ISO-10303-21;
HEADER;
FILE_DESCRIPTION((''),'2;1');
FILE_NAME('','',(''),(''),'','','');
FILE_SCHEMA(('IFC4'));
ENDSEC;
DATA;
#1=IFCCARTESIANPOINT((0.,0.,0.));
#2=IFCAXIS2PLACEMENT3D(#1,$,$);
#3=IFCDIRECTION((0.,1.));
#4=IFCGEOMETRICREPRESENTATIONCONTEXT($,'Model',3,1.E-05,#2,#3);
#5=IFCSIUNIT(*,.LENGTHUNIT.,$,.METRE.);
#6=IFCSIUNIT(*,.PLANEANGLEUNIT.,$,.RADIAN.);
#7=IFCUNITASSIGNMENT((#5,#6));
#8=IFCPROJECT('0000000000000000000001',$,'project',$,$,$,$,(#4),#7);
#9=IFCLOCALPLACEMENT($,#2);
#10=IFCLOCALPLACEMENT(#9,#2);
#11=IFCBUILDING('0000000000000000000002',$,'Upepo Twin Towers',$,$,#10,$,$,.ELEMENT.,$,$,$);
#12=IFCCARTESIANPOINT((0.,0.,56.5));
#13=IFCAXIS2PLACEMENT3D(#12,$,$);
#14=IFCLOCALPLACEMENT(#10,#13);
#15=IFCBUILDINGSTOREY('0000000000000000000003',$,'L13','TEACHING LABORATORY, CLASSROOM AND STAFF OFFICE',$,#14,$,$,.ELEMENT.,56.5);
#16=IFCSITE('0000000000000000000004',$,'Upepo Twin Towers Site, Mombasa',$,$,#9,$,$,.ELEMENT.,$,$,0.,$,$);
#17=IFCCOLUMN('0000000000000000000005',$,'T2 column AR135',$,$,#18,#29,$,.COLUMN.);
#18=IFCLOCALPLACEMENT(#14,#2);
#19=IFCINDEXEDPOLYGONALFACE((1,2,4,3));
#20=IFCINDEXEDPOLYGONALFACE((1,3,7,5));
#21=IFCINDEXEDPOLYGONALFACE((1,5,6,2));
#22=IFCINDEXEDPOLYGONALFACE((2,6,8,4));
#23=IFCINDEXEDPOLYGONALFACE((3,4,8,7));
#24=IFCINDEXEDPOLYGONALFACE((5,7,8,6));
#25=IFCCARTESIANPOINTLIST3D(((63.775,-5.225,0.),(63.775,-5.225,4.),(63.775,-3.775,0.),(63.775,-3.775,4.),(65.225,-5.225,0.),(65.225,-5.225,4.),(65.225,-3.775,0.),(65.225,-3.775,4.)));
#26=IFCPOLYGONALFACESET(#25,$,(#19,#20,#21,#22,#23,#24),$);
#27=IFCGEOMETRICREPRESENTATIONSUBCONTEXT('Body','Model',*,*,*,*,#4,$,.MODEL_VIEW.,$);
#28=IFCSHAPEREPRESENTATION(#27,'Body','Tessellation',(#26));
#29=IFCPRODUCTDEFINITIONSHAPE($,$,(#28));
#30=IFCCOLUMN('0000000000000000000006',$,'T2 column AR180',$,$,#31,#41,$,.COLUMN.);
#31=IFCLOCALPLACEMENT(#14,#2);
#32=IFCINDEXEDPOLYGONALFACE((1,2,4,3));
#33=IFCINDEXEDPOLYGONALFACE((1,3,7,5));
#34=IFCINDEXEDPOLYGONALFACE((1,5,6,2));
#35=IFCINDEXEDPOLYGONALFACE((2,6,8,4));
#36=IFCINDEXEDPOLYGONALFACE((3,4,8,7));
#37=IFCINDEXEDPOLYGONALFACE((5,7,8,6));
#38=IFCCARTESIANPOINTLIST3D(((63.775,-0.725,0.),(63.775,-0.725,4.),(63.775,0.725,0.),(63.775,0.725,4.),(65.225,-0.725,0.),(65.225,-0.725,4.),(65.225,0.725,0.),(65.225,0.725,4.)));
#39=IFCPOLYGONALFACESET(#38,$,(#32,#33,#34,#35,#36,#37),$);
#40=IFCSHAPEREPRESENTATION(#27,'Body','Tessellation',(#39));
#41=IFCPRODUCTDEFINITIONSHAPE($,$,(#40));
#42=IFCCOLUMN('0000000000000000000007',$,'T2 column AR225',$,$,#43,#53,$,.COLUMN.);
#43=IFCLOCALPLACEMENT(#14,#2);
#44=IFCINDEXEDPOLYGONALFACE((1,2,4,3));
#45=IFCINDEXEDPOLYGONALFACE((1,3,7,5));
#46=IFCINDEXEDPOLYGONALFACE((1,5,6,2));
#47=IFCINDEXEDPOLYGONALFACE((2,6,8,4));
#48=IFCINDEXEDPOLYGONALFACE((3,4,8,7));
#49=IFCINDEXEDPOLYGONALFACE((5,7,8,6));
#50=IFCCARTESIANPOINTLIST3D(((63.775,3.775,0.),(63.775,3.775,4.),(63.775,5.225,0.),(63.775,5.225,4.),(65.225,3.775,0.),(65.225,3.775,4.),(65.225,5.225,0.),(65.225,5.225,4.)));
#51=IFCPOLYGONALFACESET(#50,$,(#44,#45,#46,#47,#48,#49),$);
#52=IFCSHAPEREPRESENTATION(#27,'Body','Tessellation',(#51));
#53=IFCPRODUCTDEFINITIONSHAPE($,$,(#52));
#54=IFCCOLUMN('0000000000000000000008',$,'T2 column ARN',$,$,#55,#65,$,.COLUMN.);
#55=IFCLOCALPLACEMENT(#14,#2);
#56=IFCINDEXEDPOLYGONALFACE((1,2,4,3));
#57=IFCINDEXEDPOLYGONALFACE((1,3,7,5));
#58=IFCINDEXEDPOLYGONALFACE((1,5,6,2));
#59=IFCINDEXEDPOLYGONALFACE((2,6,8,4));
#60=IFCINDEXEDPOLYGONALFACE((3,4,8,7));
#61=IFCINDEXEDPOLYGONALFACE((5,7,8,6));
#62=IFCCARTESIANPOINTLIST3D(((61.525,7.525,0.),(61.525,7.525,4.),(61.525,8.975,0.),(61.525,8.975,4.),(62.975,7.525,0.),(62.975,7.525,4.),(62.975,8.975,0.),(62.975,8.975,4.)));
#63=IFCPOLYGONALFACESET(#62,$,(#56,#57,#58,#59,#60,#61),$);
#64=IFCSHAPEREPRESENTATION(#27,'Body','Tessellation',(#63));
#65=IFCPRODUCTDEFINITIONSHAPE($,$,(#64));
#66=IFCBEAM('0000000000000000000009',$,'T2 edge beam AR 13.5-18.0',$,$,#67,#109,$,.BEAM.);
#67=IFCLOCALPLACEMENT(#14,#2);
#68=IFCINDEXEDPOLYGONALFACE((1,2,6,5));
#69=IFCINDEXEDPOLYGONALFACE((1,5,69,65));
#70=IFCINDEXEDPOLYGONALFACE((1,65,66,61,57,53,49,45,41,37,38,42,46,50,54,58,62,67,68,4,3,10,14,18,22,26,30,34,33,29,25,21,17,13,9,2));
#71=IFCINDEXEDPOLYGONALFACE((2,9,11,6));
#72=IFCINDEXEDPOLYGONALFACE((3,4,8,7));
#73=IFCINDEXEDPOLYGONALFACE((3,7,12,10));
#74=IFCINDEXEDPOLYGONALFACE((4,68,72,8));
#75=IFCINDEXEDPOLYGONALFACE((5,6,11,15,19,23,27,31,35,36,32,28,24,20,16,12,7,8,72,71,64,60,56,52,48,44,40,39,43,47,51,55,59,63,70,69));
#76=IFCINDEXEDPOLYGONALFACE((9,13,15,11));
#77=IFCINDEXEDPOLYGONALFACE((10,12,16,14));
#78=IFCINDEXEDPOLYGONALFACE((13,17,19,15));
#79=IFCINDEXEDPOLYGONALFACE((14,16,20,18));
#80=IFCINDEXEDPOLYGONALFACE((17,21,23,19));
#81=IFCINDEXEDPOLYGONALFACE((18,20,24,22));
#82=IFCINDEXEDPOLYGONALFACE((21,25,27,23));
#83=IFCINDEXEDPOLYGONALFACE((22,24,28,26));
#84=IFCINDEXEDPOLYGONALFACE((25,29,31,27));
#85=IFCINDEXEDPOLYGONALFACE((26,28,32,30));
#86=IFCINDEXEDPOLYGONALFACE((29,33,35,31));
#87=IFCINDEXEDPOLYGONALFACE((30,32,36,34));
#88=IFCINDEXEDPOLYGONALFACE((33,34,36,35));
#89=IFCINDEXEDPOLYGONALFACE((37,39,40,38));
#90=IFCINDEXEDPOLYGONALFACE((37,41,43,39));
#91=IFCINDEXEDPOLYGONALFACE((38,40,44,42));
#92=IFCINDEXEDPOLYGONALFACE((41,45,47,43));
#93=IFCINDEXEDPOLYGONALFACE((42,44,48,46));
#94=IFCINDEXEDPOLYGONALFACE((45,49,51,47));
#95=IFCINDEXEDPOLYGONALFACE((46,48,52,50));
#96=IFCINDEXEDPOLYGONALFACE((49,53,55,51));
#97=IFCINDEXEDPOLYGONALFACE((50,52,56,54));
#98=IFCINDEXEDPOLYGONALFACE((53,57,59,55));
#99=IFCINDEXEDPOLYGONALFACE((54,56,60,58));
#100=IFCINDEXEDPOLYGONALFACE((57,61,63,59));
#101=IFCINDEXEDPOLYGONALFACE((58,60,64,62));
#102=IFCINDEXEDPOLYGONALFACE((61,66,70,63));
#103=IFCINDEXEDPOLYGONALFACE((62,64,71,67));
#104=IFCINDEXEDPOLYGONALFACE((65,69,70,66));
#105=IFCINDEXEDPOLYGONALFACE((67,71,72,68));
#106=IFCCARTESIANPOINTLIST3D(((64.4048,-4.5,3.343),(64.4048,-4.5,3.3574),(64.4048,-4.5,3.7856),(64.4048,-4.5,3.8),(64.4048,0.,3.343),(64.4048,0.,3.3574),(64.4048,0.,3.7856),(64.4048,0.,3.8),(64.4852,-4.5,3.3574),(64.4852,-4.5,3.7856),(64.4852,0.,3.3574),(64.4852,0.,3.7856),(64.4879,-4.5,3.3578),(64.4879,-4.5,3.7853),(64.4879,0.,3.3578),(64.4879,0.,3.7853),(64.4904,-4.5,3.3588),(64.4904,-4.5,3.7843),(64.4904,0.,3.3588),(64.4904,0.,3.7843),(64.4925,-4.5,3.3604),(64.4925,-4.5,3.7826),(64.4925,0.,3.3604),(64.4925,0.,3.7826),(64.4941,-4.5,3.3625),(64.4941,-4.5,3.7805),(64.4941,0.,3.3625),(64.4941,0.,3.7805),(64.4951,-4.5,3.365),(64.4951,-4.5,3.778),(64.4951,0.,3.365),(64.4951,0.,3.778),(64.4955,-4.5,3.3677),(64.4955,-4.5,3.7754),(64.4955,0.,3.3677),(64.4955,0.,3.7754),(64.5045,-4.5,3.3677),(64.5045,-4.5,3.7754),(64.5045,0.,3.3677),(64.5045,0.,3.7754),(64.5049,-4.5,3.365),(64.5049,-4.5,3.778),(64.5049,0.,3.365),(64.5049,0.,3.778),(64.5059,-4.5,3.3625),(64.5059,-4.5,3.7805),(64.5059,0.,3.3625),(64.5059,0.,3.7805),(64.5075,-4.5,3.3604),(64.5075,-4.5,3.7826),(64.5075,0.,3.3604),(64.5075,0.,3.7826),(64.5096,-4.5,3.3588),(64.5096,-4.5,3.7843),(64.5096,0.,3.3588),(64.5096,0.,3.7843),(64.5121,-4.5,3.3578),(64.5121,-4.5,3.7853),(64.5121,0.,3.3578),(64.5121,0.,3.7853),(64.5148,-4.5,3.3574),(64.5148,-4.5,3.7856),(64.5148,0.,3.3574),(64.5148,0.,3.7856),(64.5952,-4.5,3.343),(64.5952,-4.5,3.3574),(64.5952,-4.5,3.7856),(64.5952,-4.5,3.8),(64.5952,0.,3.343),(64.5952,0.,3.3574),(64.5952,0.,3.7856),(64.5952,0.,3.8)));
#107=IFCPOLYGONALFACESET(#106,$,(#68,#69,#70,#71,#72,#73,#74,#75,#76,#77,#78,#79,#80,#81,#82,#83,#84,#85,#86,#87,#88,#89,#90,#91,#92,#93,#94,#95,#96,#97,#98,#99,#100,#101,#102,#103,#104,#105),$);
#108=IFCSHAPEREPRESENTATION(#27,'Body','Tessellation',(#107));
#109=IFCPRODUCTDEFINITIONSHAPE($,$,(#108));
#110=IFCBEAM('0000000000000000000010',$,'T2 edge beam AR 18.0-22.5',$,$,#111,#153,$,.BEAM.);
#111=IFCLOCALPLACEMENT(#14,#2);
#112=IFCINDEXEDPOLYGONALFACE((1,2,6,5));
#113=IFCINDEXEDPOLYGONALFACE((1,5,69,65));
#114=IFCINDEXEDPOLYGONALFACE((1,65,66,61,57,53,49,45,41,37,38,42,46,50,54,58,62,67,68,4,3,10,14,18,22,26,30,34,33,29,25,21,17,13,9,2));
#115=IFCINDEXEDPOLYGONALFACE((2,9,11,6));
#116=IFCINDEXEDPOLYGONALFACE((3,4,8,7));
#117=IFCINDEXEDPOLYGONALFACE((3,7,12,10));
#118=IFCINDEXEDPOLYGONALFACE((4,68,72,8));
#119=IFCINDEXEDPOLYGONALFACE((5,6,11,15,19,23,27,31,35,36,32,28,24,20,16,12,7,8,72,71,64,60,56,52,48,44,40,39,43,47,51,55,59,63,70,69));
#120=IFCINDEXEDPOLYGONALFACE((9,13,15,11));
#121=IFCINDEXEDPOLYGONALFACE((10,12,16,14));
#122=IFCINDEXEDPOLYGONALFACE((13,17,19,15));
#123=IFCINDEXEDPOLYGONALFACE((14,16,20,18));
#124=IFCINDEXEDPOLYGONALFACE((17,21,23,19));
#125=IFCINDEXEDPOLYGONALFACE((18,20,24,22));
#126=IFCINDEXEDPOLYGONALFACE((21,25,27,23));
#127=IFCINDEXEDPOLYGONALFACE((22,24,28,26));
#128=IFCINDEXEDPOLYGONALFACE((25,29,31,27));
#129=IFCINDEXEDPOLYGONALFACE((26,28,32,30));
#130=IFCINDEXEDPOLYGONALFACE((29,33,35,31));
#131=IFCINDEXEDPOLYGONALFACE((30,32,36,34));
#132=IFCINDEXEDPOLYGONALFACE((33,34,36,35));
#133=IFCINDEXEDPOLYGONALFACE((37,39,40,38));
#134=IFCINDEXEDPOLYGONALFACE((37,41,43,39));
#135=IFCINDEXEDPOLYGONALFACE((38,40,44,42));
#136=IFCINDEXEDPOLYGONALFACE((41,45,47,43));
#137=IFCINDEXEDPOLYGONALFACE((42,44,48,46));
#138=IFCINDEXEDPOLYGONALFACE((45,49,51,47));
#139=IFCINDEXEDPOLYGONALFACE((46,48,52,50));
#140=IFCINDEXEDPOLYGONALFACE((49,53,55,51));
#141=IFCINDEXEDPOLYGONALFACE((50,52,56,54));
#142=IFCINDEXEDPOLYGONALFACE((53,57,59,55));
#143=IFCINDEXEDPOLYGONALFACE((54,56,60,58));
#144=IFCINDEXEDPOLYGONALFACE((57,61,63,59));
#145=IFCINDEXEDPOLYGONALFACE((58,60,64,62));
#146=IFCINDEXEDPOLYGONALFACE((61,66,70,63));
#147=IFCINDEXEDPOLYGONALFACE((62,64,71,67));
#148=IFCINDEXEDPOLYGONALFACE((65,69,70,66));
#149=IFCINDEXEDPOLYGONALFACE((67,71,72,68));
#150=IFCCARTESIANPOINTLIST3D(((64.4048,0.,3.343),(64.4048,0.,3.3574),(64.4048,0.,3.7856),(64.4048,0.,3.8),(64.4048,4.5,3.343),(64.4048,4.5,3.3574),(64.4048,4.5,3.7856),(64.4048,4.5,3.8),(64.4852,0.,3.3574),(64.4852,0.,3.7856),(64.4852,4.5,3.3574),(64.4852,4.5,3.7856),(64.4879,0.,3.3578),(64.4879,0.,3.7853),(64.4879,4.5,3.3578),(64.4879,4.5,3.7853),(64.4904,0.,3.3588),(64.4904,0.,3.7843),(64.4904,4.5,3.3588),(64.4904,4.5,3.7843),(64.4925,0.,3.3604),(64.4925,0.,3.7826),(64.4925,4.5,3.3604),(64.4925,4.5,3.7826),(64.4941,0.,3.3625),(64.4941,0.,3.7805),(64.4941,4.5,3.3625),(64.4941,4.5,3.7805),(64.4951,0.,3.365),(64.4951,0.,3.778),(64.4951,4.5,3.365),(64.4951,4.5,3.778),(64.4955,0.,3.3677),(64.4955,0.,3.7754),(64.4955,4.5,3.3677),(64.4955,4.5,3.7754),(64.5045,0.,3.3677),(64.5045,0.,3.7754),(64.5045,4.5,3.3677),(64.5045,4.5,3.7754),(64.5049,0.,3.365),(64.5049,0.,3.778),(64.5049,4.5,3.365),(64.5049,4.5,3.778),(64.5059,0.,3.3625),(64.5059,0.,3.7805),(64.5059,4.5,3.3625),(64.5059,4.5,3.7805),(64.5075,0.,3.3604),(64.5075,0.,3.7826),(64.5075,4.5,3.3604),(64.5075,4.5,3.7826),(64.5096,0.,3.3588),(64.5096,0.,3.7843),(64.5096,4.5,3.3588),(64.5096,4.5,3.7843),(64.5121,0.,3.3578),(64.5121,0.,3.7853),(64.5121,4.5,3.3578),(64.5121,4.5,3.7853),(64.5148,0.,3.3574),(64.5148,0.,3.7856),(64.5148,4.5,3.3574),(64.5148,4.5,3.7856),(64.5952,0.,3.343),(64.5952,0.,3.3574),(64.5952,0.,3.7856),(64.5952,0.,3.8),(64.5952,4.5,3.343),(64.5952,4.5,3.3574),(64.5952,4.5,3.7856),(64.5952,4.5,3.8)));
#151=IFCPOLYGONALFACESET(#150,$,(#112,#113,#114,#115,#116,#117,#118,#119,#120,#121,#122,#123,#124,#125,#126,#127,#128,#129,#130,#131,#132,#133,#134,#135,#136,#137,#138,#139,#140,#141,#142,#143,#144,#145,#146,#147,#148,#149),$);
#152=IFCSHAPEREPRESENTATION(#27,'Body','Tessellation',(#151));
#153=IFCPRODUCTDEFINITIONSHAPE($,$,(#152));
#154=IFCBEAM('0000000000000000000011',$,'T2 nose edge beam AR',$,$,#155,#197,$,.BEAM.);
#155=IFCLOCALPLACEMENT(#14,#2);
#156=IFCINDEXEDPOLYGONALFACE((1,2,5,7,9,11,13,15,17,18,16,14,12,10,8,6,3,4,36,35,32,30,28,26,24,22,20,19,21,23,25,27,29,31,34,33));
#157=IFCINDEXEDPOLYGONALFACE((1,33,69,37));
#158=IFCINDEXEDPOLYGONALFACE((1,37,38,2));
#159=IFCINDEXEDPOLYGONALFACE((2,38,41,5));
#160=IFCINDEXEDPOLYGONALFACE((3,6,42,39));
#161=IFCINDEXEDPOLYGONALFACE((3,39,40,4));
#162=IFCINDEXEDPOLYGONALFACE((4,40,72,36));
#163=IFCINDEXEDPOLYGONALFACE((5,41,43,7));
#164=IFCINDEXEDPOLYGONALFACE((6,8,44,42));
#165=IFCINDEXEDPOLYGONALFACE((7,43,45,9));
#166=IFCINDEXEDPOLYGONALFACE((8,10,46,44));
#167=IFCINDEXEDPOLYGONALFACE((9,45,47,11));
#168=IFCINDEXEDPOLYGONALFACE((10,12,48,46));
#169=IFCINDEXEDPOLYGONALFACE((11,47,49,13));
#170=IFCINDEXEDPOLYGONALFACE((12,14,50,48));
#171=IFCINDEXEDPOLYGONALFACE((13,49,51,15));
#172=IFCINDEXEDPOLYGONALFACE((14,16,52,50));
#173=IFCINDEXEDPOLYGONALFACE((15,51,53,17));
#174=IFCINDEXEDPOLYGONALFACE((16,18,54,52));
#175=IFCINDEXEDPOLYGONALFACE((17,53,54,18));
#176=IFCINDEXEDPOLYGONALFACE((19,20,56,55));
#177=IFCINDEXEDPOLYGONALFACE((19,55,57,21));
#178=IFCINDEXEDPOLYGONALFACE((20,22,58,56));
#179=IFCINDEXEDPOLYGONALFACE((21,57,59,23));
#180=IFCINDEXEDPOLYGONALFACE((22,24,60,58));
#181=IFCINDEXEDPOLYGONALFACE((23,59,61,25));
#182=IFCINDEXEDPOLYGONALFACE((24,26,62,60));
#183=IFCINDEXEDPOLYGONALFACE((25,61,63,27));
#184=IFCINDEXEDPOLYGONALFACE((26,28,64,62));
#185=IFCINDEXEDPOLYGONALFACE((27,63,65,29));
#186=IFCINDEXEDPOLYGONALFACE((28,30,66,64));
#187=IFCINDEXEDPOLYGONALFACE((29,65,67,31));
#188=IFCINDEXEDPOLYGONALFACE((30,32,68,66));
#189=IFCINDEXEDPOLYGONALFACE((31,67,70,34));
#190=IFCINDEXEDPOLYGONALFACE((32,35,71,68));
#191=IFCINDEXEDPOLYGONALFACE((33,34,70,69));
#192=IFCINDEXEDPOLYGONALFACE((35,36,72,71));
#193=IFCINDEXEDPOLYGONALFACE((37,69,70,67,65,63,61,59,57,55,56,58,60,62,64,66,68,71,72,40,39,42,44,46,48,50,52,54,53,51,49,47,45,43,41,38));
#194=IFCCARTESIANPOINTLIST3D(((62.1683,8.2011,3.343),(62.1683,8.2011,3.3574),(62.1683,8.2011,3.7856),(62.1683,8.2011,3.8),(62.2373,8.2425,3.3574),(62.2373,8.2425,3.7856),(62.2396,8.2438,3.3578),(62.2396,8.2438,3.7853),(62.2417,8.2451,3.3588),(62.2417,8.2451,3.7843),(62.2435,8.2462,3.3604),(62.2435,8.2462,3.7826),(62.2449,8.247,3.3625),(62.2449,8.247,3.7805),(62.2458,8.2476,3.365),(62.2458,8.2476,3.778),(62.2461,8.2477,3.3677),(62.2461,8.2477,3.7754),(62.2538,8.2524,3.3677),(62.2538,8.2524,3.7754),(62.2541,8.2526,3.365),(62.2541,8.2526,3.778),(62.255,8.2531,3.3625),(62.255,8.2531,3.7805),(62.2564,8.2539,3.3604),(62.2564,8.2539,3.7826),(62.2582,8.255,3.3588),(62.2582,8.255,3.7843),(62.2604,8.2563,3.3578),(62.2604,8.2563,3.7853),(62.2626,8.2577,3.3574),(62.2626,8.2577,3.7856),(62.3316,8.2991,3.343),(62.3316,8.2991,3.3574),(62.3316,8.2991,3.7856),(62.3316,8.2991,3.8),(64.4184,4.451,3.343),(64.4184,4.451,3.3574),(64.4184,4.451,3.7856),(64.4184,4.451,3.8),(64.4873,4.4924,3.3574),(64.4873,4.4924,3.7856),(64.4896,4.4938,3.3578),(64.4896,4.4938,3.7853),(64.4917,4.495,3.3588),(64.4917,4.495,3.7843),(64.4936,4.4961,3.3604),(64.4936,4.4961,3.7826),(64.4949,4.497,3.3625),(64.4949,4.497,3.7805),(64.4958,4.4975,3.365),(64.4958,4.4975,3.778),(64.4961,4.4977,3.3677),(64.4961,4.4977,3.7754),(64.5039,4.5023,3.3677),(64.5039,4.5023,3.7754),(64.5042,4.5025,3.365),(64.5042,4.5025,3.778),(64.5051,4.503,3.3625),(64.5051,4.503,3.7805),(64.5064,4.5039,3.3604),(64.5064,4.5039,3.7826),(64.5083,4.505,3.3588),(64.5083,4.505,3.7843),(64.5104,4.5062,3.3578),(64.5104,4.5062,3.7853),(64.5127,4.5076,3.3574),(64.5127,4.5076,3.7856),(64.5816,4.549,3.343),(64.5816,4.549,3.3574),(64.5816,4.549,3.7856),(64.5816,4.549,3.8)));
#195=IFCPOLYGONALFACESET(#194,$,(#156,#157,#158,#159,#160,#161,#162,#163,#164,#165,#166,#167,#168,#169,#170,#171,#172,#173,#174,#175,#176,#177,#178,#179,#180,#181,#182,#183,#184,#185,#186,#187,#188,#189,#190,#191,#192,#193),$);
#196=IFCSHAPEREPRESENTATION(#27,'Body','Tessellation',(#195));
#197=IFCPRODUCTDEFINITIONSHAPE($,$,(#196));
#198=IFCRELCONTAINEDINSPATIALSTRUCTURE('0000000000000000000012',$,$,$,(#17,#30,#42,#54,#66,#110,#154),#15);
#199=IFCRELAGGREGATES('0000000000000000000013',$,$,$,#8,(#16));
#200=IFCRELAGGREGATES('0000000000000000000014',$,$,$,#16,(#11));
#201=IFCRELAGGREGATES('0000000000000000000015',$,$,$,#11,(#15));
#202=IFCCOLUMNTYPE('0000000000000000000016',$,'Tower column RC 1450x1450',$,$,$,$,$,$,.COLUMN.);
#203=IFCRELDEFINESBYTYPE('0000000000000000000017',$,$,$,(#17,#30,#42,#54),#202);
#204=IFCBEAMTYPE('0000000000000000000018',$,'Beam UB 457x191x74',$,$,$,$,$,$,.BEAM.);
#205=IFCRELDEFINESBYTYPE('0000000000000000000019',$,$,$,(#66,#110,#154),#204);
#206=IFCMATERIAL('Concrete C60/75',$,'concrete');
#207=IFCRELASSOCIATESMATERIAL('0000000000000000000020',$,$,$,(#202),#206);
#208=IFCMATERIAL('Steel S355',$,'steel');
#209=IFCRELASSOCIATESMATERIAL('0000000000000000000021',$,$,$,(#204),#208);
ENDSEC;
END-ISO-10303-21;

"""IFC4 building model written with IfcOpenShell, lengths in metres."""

from ifc_helpers import new_model, si_unit, direction, frame, origin, origin_2d, place, context, subcontext, project, spatial, rectangle, i_section, extrude, material, material_profile, profile_set, type_object, element, save


model = new_model("IFC4")

# Units and contexts
model_context = context("Model", 3, precision=1e-05, world=origin(), true_north=direction((0.0, 1.0)))
body_context = subcontext(model_context, "Body", "Model", "MODEL_VIEW")
ifc_project = project(units=[si_unit("LENGTHUNIT", "METRE"), si_unit("PLANEANGLEUNIT", "RADIAN")], contexts=[model_context])

# Site, building, storey
site_placement = place(None, origin())
site = spatial("IfcSite", under=ifc_project, at=site_placement, Name="Upepo Twin Towers Site, Mombasa", CompositionType="ELEMENT", RefElevation=0.0)
building_placement = place(site_placement, origin())
building = spatial("IfcBuilding", under=site, at=building_placement, Name="Upepo Twin Towers", CompositionType="ELEMENT")
storey_placement = place(building_placement, frame((0.0, 0.0, 56.5)))
storey = spatial("IfcBuildingStorey", under=building, at=storey_placement, Name="L13", Description="TEACHING LABORATORY, CLASSROOM AND STAFF OFFICE", CompositionType="ELEMENT", Elevation=56.5)

# Columns
ifc_material_1 = material(Name="Concrete C60/75", Category="concrete")
ifc_material_profile_1 = material_profile(ifc_material_1, rectangle(XDim=1.45, YDim=1.45, at=origin_2d()), Name="RC 1450x1450")
ifc_profile_set_1 = profile_set([ifc_material_profile_1], Name="Concrete C60/75")
column_type = type_object("IfcColumnType", Name="Tower column RC 1450x1450", PredefinedType="COLUMN", material=ifc_profile_set_1)
for number, where, z_axis, x_axis, name in (
    (1, (64.5, -4.5, 0.0), (0.0, 0.0, 1.0), (1.0, 0.0, 0.0), "T2 column AR135"),
    (2, (64.5, 0.0, 0.0), (0.0, 0.0, 1.0), (1.0, 0.0, 0.0), "T2 column AR180"),
    (3, (64.5, 4.5, 0.0), (0.0, 0.0, 1.0), (1.0, 0.0, 0.0), "T2 column AR225"),
    (4, (62.25, 8.25, 0.0), (0.0, 0.0, 1.0), (1.0, 0.0, 0.0), "T2 column ARN"),
):
    element("IfcColumn", number, at=place(storey_placement, frame(where, z_axis=z_axis, x_axis=x_axis)), inside=storey, type_object=column_type, Name=name, PredefinedType="COLUMN", context=body_context, shape_type="SweptSolid", body=[
        extrude(rectangle(XDim=1.45, YDim=1.45, at=origin_2d()), origin(), (0.0, 0.0, 1.0), 4.0),
    ])

# Beams
ifc_material_2 = material(Name="Steel S355", Category="steel")
ifc_material_profile_2 = material_profile(ifc_material_2, i_section(OverallWidth=0.1904, OverallDepth=0.457, WebThickness=0.009, FlangeThickness=0.0144, FilletRadius=0.0103, at=origin_2d()), Name="UB 457x191x74")
ifc_profile_set_2 = profile_set([ifc_material_profile_2], Name="Steel S355")
beam_type_1 = type_object("IfcBeamType", Name="Beam UB 457x191x74", PredefinedType="BEAM", material=ifc_profile_set_2)
for number, where, z_axis, x_axis, name in (
    (5, (64.5, -4.5, 3.5715), (0.0, 1.0, 0.0), (-1.0, 0.0, 0.0), "T2 edge beam AR 13.5-18.0"),
    (6, (64.5, 0.0, 3.5715), (0.0, 1.0, 0.0), (-1.0, 0.0, 0.0), "T2 edge beam AR 18.0-22.5"),
):
    element("IfcBeam", number, at=place(storey_placement, frame(where, z_axis=z_axis, x_axis=x_axis)), inside=storey, type_object=beam_type_1, Name=name, PredefinedType="BEAM", context=body_context, shape_type="SweptSolid", body=[
        extrude(i_section(OverallWidth=0.1904, OverallDepth=0.457, WebThickness=0.009, FlangeThickness=0.0144, FilletRadius=0.0103, at=origin_2d()), origin(), (0.0, 0.0, 1.0), 4.5),
    ])
beam_1_placement = place(storey_placement, frame((64.5, 4.5, 3.5715), z_axis=(-0.514496, 0.857493, 0.0), x_axis=(-0.857493, -0.514496, 0.0)))
element("IfcBeam", 7, at=beam_1_placement, inside=storey, type_object=beam_type_1, Name="T2 nose edge beam AR", PredefinedType="BEAM", context=body_context, shape_type="SweptSolid", body=[
    extrude(i_section(OverallWidth=0.1904, OverallDepth=0.457, WebThickness=0.009, FlangeThickness=0.0144, FilletRadius=0.0103, at=origin_2d()), origin(), (0.0, 0.0, 1.0), 4.3733),
])

save(model, "model.ifc")
